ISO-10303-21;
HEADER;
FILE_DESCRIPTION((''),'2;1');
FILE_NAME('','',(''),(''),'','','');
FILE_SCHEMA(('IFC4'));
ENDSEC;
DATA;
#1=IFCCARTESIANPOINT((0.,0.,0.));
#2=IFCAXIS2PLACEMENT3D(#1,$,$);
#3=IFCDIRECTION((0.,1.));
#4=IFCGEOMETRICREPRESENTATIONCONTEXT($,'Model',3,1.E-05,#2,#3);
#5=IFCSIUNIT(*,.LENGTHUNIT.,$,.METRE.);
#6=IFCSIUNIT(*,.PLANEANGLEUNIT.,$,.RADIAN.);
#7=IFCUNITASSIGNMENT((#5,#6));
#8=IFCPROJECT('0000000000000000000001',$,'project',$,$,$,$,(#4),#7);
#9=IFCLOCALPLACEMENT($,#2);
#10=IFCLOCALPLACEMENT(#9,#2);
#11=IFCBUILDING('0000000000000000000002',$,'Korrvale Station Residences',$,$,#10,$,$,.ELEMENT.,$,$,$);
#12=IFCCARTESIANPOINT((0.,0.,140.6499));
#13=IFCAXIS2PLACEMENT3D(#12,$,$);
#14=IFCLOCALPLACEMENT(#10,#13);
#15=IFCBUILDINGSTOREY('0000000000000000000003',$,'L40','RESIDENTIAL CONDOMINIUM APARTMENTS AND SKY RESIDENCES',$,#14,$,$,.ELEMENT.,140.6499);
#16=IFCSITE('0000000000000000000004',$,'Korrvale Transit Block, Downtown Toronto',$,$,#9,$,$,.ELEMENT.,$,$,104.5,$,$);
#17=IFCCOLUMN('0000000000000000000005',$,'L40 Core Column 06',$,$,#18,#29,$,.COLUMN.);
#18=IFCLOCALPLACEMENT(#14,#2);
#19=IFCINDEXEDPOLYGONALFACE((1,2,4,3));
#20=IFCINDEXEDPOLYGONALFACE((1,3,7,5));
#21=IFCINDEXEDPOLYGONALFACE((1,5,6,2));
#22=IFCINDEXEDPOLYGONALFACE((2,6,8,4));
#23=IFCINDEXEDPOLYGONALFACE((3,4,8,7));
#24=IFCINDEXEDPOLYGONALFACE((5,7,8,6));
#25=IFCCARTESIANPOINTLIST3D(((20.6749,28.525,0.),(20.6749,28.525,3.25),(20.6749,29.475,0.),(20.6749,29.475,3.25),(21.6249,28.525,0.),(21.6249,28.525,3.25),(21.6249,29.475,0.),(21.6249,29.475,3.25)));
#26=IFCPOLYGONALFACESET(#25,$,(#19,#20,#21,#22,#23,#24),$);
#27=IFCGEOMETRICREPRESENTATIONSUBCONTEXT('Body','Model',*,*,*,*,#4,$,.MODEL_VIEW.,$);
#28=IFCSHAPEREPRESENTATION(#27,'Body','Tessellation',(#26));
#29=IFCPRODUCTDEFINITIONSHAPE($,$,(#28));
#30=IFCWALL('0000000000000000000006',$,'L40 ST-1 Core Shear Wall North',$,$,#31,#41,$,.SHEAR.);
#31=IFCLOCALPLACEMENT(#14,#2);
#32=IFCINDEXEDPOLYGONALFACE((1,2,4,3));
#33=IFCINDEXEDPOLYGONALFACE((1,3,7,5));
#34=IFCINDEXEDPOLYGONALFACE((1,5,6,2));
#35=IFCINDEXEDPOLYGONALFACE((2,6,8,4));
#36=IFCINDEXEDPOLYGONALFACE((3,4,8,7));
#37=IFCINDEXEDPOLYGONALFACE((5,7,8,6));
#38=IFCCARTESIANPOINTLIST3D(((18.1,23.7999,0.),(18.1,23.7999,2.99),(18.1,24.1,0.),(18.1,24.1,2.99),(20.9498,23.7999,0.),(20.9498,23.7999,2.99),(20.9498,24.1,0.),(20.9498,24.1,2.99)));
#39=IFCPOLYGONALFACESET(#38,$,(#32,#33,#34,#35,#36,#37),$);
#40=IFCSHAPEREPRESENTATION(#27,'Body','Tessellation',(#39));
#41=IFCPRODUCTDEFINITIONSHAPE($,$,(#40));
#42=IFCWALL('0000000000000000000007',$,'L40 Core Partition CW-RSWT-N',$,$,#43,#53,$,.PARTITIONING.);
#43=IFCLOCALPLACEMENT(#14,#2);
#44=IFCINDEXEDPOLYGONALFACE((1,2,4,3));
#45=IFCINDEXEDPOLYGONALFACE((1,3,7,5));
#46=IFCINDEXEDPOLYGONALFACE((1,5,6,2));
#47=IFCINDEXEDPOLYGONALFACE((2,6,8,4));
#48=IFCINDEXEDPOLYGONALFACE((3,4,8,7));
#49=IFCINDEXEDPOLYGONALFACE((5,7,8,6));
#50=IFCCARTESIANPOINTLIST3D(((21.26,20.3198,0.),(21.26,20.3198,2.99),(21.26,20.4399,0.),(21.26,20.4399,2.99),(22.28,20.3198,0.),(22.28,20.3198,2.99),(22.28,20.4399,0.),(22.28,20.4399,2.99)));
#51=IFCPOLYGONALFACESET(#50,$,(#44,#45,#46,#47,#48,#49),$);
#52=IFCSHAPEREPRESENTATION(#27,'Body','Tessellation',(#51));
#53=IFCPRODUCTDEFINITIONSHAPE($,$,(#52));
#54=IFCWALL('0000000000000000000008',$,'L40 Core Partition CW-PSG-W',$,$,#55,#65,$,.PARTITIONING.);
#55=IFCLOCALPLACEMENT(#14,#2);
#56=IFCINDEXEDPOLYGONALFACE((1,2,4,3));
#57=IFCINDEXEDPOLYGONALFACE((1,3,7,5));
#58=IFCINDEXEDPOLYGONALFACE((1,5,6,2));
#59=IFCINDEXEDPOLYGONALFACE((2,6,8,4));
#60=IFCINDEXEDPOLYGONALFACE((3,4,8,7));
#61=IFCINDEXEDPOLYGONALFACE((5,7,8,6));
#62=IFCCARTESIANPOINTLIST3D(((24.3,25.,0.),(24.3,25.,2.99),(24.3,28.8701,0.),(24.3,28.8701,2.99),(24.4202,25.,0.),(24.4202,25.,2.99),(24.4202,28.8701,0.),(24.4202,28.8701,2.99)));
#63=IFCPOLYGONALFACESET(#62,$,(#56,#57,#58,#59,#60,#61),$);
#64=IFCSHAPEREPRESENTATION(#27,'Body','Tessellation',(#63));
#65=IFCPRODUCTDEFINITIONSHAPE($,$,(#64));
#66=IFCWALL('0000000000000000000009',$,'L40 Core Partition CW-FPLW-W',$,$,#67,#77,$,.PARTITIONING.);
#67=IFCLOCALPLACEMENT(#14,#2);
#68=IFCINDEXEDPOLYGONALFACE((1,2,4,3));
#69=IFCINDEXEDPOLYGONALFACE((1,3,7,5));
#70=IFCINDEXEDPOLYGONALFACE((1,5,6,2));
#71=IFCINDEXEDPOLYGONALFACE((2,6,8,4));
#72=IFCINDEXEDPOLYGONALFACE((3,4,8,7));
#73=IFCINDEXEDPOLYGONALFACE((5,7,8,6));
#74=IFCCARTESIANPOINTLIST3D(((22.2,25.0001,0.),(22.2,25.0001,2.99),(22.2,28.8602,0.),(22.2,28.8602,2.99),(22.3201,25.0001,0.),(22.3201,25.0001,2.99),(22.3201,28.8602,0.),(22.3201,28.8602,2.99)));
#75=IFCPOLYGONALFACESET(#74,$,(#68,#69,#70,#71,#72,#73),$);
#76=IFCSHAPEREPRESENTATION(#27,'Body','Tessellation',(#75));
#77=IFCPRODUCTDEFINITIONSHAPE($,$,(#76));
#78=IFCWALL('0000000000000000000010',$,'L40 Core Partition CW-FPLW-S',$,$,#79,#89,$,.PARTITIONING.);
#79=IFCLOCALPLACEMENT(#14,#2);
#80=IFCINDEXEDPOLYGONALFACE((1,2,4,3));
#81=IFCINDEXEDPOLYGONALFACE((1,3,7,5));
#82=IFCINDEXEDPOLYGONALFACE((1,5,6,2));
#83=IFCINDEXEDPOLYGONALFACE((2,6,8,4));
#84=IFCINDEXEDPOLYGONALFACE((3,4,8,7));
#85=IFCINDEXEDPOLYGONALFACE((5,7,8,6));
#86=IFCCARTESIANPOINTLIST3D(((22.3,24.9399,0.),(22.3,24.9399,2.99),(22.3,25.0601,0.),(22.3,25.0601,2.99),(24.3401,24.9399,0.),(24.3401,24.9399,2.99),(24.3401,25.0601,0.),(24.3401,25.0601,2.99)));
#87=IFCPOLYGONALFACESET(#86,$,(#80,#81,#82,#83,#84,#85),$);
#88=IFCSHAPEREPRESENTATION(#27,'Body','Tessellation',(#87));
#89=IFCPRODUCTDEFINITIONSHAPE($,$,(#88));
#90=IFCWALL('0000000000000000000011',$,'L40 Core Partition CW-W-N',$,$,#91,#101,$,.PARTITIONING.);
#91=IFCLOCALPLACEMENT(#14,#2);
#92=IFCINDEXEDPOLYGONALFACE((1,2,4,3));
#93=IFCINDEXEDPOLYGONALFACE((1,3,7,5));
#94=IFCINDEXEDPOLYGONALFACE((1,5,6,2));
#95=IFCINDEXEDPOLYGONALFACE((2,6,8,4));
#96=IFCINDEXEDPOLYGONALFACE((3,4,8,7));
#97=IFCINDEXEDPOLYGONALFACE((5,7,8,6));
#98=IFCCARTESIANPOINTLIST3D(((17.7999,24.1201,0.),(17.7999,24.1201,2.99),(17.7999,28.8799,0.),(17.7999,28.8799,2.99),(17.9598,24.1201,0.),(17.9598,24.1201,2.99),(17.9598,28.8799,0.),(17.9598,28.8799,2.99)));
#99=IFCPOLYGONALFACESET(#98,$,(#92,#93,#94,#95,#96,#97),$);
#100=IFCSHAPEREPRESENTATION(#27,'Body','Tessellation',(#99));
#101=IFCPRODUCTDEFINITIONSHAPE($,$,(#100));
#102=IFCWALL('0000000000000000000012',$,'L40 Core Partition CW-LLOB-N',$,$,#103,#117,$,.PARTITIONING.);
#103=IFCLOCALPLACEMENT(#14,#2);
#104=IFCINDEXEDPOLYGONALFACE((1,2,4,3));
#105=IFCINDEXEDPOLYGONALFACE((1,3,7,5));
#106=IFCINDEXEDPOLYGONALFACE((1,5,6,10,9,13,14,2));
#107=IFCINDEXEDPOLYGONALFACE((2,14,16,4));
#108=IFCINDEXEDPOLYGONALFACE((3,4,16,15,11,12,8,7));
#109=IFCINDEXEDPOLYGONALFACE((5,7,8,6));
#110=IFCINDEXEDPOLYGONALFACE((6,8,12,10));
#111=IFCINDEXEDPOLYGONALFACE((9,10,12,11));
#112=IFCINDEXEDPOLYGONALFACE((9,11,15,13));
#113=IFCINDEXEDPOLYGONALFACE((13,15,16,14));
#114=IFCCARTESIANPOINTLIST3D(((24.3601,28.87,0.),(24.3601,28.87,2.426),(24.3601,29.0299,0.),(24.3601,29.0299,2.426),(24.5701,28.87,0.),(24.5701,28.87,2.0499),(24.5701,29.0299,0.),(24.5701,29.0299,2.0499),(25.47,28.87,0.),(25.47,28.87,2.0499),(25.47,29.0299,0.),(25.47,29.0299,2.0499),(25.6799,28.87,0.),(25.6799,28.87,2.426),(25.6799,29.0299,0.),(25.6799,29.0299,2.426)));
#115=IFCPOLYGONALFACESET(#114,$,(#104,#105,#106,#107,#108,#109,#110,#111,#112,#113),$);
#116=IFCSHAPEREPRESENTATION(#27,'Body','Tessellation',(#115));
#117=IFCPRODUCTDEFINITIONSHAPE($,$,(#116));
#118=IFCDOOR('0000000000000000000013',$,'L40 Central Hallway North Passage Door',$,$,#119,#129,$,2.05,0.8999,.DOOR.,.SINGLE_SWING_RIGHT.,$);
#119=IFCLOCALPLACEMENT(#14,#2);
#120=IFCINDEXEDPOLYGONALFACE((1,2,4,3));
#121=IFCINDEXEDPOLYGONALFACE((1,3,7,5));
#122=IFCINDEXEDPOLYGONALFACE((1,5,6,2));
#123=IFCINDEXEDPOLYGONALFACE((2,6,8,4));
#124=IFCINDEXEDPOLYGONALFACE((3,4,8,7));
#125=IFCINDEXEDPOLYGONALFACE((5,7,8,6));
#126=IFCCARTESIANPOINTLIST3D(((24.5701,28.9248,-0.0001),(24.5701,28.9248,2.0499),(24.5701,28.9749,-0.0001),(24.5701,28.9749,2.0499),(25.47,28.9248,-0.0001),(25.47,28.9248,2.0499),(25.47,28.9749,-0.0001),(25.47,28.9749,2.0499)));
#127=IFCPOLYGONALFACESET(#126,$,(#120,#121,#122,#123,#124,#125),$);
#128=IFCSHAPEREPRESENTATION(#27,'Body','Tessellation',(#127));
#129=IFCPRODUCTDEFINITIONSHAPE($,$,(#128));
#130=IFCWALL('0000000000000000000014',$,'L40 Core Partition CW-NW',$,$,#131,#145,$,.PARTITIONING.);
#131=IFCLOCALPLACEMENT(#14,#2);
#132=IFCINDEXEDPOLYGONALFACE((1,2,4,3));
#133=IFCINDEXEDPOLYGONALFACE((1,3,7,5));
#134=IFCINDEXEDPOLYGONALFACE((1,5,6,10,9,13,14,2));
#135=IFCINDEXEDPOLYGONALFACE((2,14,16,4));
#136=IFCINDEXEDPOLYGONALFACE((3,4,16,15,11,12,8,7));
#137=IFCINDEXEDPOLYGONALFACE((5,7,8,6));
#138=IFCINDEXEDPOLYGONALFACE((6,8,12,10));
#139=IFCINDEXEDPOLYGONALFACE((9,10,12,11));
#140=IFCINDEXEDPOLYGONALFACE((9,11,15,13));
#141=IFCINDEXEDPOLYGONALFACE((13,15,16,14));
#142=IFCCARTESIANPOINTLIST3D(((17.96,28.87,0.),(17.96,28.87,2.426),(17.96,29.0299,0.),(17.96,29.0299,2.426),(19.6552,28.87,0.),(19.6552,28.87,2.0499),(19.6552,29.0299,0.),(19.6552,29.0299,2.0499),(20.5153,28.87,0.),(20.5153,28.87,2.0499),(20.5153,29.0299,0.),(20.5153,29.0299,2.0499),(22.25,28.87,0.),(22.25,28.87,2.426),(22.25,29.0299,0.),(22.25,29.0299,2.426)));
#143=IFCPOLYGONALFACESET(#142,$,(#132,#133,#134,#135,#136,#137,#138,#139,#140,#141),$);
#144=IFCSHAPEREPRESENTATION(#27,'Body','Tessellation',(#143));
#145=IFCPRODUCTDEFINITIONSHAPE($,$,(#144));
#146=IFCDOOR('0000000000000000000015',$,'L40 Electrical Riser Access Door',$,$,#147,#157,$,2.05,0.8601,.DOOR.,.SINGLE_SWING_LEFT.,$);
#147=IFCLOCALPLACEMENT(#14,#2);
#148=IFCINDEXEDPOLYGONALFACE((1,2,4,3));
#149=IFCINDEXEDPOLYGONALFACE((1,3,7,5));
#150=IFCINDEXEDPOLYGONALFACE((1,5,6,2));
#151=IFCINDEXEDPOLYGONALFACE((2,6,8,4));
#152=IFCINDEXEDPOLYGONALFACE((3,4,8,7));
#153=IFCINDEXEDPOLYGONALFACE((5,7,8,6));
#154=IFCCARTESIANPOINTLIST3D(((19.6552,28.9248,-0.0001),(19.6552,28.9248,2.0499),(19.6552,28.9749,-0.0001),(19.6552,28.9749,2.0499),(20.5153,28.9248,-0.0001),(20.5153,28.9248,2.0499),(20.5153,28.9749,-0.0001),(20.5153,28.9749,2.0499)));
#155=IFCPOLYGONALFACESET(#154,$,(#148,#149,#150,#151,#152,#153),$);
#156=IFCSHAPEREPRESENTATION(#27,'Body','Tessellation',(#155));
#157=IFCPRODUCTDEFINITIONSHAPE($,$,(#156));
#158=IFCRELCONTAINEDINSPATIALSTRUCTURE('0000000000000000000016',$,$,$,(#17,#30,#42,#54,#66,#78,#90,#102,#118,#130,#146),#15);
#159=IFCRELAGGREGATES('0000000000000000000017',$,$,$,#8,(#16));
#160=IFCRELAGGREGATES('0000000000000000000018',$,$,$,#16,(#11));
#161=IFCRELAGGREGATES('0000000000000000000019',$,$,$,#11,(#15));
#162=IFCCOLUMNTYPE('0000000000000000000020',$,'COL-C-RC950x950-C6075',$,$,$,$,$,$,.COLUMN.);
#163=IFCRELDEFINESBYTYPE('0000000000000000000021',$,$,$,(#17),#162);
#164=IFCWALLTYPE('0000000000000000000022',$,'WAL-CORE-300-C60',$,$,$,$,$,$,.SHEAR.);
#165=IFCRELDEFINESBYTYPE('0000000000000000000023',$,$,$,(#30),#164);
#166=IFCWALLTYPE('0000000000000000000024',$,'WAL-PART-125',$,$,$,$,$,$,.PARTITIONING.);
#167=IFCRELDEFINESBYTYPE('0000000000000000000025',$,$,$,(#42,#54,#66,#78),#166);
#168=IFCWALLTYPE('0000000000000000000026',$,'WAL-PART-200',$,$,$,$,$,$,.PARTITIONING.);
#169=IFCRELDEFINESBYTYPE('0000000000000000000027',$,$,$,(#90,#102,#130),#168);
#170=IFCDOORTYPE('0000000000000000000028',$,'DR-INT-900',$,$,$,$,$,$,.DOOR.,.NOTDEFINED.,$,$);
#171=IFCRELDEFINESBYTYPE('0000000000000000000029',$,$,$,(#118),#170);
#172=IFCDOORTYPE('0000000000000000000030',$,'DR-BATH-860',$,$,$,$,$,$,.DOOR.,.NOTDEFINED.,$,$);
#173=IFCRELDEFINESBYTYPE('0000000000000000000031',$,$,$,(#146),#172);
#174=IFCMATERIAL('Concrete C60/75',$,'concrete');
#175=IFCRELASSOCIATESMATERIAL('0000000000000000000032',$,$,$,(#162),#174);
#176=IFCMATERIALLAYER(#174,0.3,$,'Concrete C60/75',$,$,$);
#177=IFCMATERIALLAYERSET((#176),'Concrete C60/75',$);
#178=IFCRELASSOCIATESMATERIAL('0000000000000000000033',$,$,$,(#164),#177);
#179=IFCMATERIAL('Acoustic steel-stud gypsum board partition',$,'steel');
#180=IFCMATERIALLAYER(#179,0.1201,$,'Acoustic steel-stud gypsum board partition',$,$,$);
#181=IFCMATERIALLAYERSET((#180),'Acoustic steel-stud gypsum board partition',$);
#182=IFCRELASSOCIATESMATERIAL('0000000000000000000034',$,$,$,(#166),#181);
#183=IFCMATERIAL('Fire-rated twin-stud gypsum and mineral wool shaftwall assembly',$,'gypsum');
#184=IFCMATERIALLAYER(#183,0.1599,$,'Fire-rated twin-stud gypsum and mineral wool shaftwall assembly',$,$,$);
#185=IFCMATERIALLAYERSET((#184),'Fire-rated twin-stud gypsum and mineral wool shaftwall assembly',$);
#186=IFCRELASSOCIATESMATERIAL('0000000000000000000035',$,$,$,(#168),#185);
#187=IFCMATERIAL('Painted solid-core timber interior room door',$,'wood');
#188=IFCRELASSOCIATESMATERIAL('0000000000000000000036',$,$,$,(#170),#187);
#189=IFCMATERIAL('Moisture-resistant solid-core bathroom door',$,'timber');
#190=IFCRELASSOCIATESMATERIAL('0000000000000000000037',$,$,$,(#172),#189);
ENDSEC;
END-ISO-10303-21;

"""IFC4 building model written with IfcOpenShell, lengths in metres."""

from ifc_helpers import new_model, si_unit, direction, frame, frame_2d, origin, origin_2d, place, context, subcontext, project, spatial, rectangle, extrude, material, layer, layer_set, material_profile, profile_set, type_object, element, fill, save


model = new_model("IFC4")

# Units and contexts
model_context = context("Model", 3, precision=1e-05, world=origin(), true_north=direction((0.0, 1.0)))
body_context = subcontext(model_context, "Body", "Model", "MODEL_VIEW")
ifc_project = project(units=[si_unit("LENGTHUNIT", "METRE"), si_unit("PLANEANGLEUNIT", "RADIAN")], contexts=[model_context])

# Site, building, storey
site_placement = place(None, origin())
site = spatial("IfcSite", under=ifc_project, at=site_placement, Name="Korrvale Transit Block, Downtown Toronto", CompositionType="ELEMENT", RefElevation=104.5)
building_placement = place(site_placement, origin())
building = spatial("IfcBuilding", under=site, at=building_placement, Name="Korrvale Station Residences", CompositionType="ELEMENT")
storey_placement = place(building_placement, frame((0.0, 0.0, 140.6499)))
storey = spatial("IfcBuildingStorey", under=building, at=storey_placement, Name="L40", Description="RESIDENTIAL CONDOMINIUM APARTMENTS AND SKY RESIDENCES", CompositionType="ELEMENT", Elevation=140.6499)

# Column
ifc_material_1 = material(Name="Concrete C60/75", Category="concrete")
ifc_material_profile = material_profile(ifc_material_1, rectangle(XDim=0.95, YDim=0.95, at=origin_2d()), Name="RC950x950")
ifc_profile_set = profile_set([ifc_material_profile], Name="Concrete C60/75")
column_type = type_object("IfcColumnType", Name="COL-C-RC950x950-C6075", PredefinedType="COLUMN", material=ifc_profile_set)
column_placement = place(storey_placement, frame((21.1499, 29.0, 0.0), z_axis=(0.0, 0.0, 1.0), x_axis=(1.0, 0.0, 0.0)))
element("IfcColumn", 1, at=column_placement, inside=storey, type_object=column_type, Name="L40 Core Column 06", PredefinedType="COLUMN", context=body_context, shape_type="SweptSolid", body=[
    extrude(rectangle(XDim=0.95, YDim=0.95, at=origin_2d()), origin(), (0.0, 0.0, 1.0), 3.25),
])

# Walls
ifc_layer_1 = layer(ifc_material_1, 0.3, Name="Concrete C60/75")
ifc_layer_set_1 = layer_set([ifc_layer_1], Name="Concrete C60/75")
wall_type_1 = type_object("IfcWallType", Name="WAL-CORE-300-C60", PredefinedType="SHEAR", material=ifc_layer_set_1)
wall_1_placement = place(storey_placement, frame((18.1001, 23.95, 0.0), z_axis=(0.0, 0.0, 1.0), x_axis=(1.0, 0.0, 0.0)))
element("IfcWall", 2, at=wall_1_placement, inside=storey, type_object=wall_type_1, Name="L40 ST-1 Core Shear Wall North", PredefinedType="SHEAR", context=body_context, shape_type="SweptSolid", body=[
    extrude(rectangle(XDim=2.8499, YDim=0.3, at=frame_2d((1.4248, 0.0))), origin(), (0.0, 0.0, 1.0), 2.99),
])
ifc_material_2 = material(Name="Acoustic steel-stud gypsum board partition", Category="steel")
ifc_layer_2 = layer(ifc_material_2, 0.1201, Name="Acoustic steel-stud gypsum board partition")
ifc_layer_set_2 = layer_set([ifc_layer_2], Name="Acoustic steel-stud gypsum board partition")
wall_type_2 = type_object("IfcWallType", Name="WAL-PART-125", PredefinedType="PARTITIONING", material=ifc_layer_set_2)
wall_2_placement = place(storey_placement, frame((22.28, 20.3799, 0.0), z_axis=(0.0, 0.0, 1.0), x_axis=(-1.0, 0.0, 0.0)))
element("IfcWall", 3, at=wall_2_placement, inside=storey, type_object=wall_type_2, Name="L40 Core Partition CW-RSWT-N", PredefinedType="PARTITIONING", context=body_context, shape_type="SweptSolid", body=[
    extrude(rectangle(XDim=1.02, YDim=0.1201, at=frame_2d((0.51, 0.0))), origin(), (0.0, 0.0, 1.0), 2.99),
])
wall_3_placement = place(storey_placement, frame((24.3601, 25.0, 0.0), z_axis=(0.0, 0.0, 1.0), x_axis=(0.0, 1.0, 0.0)))
element("IfcWall", 4, at=wall_3_placement, inside=storey, type_object=wall_type_2, Name="L40 Core Partition CW-PSG-W", PredefinedType="PARTITIONING", context=body_context, shape_type="SweptSolid", body=[
    extrude(rectangle(XDim=3.8701, YDim=0.1201, at=frame_2d((1.9351, 0.0))), origin(), (0.0, 0.0, 1.0), 2.99),
])
wall_4_placement = place(storey_placement, frame((22.26, 25.0, 0.0), z_axis=(0.0, 0.0, 1.0), x_axis=(0.0, 1.0, 0.0)))
element("IfcWall", 5, at=wall_4_placement, inside=storey, type_object=wall_type_2, Name="L40 Core Partition CW-FPLW-W", PredefinedType="PARTITIONING", context=body_context, shape_type="SweptSolid", body=[
    extrude(rectangle(XDim=3.8601, YDim=0.1201, at=frame_2d((1.9302, 0.0))), origin(), (0.0, 0.0, 1.0), 2.99),
])
wall_5_placement = place(storey_placement, frame((22.3, 25.0, 0.0), z_axis=(0.0, 0.0, 1.0), x_axis=(1.0, 0.0, 0.0)))
element("IfcWall", 6, at=wall_5_placement, inside=storey, type_object=wall_type_2, Name="L40 Core Partition CW-FPLW-S", PredefinedType="PARTITIONING", context=body_context, shape_type="SweptSolid", body=[
    extrude(rectangle(XDim=2.04, YDim=0.1201, at=frame_2d((1.02, 0.0))), origin(), (0.0, 0.0, 1.0), 2.99),
])
ifc_material_3 = material(Name="Fire-rated twin-stud gypsum and mineral wool shaftwall assembly", Category="gypsum")
ifc_layer_3 = layer(ifc_material_3, 0.1599, Name="Fire-rated twin-stud gypsum and mineral wool shaftwall assembly")
ifc_layer_set_3 = layer_set([ifc_layer_3], Name="Fire-rated twin-stud gypsum and mineral wool shaftwall assembly")
wall_type_3 = type_object("IfcWallType", Name="WAL-PART-200", PredefinedType="PARTITIONING", material=ifc_layer_set_3)
wall_6_placement = place(storey_placement, frame((17.8799, 24.1201, 0.0), z_axis=(0.0, 0.0, 1.0), x_axis=(0.0, 1.0, 0.0)))
element("IfcWall", 7, at=wall_6_placement, inside=storey, type_object=wall_type_3, Name="L40 Core Partition CW-W-N", PredefinedType="PARTITIONING", context=body_context, shape_type="SweptSolid", body=[
    extrude(rectangle(XDim=4.7598, YDim=0.1599, at=frame_2d((2.3799, 0.0))), origin(), (0.0, 0.0, 1.0), 2.99),
])

# Walls, openings, doors
wall_7_placement = place(storey_placement, frame((24.3601, 28.95, 0.0), z_axis=(0.0, 0.0, 1.0), x_axis=(1.0, 0.0, 0.0)))
wall_7 = element("IfcWall", 8, at=wall_7_placement, inside=storey, type_object=wall_type_3, Name="L40 Core Partition CW-LLOB-N", PredefinedType="PARTITIONING", context=body_context, shape_type="SweptSolid", body=[
    extrude(rectangle(XDim=1.3198, YDim=0.1599, at=frame_2d((0.6599, 0.0))), origin(), (0.0, 0.0, 1.0), 2.426),
])
opening_1_placement = place(wall_7_placement, frame((0.21, 0.0, 0.0)))
opening_1 = element("IfcOpeningElement", 9, at=opening_1_placement, cuts=wall_7, PredefinedType="OPENING", context=body_context, shape_type="SweptSolid", body=[
    extrude(rectangle(XDim=0.8999, YDim=2.05, at=frame_2d((0.45, 1.0249))), frame((0.0, 0.0898, 0.0), z_axis=(0.0, -1.0, 0.0), x_axis=(1.0, 0.0, 0.0)), (0.0, 0.0, 1.0), 0.1799),
])
ifc_material_4 = material(Name="Painted solid-core timber interior room door", Category="wood")
door_type_1 = type_object("IfcDoorType", Name="DR-INT-900", OperationType="NOTDEFINED", PredefinedType="DOOR", material=ifc_material_4)
door_1_placement = place(opening_1_placement, origin())
door_1 = element("IfcDoor", 10, at=door_1_placement, inside=storey, type_object=door_type_1, Name="L40 Central Hallway North Passage Door", OperationType="SINGLE_SWING_RIGHT", OverallHeight=2.05, OverallWidth=0.8999, PredefinedType="DOOR", context=body_context, shape_type="SweptSolid", body=[
    extrude(rectangle(XDim=0.8999, YDim=2.05, at=frame_2d((0.45, 1.0249))), frame((0.0, 0.0249, 0.0), z_axis=(0.0, -1.0, 0.0), x_axis=(1.0, 0.0, 0.0)), (0.0, 0.0, 1.0), 0.05),
])
fill(opening_1, door_1)
wall_8_placement = place(storey_placement, frame((17.96, 28.95, 0.0), z_axis=(0.0, 0.0, 1.0), x_axis=(1.0, 0.0, 0.0)))
wall_8 = element("IfcWall", 11, at=wall_8_placement, inside=storey, type_object=wall_type_3, Name="L40 Core Partition CW-NW", PredefinedType="PARTITIONING", context=body_context, shape_type="SweptSolid", body=[
    extrude(rectangle(XDim=4.29, YDim=0.1599, at=frame_2d((2.145, 0.0))), origin(), (0.0, 0.0, 1.0), 2.426),
])
opening_2_placement = place(wall_8_placement, frame((1.6951, 0.0, 0.0)))
opening_2 = element("IfcOpeningElement", 12, at=opening_2_placement, cuts=wall_8, PredefinedType="OPENING", context=body_context, shape_type="SweptSolid", body=[
    extrude(rectangle(XDim=0.8601, YDim=2.05, at=frame_2d((0.4302, 1.0249))), frame((0.0, 0.0898, 0.0), z_axis=(0.0, -1.0, 0.0), x_axis=(1.0, 0.0, 0.0)), (0.0, 0.0, 1.0), 0.1799),
])
ifc_material_5 = material(Name="Moisture-resistant solid-core bathroom door", Category="timber")
door_type_2 = type_object("IfcDoorType", Name="DR-BATH-860", OperationType="NOTDEFINED", PredefinedType="DOOR", material=ifc_material_5)
door_2_placement = place(opening_2_placement, origin())
door_2 = element("IfcDoor", 13, at=door_2_placement, inside=storey, type_object=door_type_2, Name="L40 Electrical Riser Access Door", OperationType="SINGLE_SWING_LEFT", OverallHeight=2.05, OverallWidth=0.8601, PredefinedType="DOOR", context=body_context, shape_type="SweptSolid", body=[
    extrude(rectangle(XDim=0.8601, YDim=2.05, at=frame_2d((0.4302, 1.0249))), frame((0.0, 0.0249, 0.0), z_axis=(0.0, -1.0, 0.0), x_axis=(1.0, 0.0, 0.0)), (0.0, 0.0, 1.0), 0.05),
])
fill(opening_2, door_2)

save(model, "model.ifc")
